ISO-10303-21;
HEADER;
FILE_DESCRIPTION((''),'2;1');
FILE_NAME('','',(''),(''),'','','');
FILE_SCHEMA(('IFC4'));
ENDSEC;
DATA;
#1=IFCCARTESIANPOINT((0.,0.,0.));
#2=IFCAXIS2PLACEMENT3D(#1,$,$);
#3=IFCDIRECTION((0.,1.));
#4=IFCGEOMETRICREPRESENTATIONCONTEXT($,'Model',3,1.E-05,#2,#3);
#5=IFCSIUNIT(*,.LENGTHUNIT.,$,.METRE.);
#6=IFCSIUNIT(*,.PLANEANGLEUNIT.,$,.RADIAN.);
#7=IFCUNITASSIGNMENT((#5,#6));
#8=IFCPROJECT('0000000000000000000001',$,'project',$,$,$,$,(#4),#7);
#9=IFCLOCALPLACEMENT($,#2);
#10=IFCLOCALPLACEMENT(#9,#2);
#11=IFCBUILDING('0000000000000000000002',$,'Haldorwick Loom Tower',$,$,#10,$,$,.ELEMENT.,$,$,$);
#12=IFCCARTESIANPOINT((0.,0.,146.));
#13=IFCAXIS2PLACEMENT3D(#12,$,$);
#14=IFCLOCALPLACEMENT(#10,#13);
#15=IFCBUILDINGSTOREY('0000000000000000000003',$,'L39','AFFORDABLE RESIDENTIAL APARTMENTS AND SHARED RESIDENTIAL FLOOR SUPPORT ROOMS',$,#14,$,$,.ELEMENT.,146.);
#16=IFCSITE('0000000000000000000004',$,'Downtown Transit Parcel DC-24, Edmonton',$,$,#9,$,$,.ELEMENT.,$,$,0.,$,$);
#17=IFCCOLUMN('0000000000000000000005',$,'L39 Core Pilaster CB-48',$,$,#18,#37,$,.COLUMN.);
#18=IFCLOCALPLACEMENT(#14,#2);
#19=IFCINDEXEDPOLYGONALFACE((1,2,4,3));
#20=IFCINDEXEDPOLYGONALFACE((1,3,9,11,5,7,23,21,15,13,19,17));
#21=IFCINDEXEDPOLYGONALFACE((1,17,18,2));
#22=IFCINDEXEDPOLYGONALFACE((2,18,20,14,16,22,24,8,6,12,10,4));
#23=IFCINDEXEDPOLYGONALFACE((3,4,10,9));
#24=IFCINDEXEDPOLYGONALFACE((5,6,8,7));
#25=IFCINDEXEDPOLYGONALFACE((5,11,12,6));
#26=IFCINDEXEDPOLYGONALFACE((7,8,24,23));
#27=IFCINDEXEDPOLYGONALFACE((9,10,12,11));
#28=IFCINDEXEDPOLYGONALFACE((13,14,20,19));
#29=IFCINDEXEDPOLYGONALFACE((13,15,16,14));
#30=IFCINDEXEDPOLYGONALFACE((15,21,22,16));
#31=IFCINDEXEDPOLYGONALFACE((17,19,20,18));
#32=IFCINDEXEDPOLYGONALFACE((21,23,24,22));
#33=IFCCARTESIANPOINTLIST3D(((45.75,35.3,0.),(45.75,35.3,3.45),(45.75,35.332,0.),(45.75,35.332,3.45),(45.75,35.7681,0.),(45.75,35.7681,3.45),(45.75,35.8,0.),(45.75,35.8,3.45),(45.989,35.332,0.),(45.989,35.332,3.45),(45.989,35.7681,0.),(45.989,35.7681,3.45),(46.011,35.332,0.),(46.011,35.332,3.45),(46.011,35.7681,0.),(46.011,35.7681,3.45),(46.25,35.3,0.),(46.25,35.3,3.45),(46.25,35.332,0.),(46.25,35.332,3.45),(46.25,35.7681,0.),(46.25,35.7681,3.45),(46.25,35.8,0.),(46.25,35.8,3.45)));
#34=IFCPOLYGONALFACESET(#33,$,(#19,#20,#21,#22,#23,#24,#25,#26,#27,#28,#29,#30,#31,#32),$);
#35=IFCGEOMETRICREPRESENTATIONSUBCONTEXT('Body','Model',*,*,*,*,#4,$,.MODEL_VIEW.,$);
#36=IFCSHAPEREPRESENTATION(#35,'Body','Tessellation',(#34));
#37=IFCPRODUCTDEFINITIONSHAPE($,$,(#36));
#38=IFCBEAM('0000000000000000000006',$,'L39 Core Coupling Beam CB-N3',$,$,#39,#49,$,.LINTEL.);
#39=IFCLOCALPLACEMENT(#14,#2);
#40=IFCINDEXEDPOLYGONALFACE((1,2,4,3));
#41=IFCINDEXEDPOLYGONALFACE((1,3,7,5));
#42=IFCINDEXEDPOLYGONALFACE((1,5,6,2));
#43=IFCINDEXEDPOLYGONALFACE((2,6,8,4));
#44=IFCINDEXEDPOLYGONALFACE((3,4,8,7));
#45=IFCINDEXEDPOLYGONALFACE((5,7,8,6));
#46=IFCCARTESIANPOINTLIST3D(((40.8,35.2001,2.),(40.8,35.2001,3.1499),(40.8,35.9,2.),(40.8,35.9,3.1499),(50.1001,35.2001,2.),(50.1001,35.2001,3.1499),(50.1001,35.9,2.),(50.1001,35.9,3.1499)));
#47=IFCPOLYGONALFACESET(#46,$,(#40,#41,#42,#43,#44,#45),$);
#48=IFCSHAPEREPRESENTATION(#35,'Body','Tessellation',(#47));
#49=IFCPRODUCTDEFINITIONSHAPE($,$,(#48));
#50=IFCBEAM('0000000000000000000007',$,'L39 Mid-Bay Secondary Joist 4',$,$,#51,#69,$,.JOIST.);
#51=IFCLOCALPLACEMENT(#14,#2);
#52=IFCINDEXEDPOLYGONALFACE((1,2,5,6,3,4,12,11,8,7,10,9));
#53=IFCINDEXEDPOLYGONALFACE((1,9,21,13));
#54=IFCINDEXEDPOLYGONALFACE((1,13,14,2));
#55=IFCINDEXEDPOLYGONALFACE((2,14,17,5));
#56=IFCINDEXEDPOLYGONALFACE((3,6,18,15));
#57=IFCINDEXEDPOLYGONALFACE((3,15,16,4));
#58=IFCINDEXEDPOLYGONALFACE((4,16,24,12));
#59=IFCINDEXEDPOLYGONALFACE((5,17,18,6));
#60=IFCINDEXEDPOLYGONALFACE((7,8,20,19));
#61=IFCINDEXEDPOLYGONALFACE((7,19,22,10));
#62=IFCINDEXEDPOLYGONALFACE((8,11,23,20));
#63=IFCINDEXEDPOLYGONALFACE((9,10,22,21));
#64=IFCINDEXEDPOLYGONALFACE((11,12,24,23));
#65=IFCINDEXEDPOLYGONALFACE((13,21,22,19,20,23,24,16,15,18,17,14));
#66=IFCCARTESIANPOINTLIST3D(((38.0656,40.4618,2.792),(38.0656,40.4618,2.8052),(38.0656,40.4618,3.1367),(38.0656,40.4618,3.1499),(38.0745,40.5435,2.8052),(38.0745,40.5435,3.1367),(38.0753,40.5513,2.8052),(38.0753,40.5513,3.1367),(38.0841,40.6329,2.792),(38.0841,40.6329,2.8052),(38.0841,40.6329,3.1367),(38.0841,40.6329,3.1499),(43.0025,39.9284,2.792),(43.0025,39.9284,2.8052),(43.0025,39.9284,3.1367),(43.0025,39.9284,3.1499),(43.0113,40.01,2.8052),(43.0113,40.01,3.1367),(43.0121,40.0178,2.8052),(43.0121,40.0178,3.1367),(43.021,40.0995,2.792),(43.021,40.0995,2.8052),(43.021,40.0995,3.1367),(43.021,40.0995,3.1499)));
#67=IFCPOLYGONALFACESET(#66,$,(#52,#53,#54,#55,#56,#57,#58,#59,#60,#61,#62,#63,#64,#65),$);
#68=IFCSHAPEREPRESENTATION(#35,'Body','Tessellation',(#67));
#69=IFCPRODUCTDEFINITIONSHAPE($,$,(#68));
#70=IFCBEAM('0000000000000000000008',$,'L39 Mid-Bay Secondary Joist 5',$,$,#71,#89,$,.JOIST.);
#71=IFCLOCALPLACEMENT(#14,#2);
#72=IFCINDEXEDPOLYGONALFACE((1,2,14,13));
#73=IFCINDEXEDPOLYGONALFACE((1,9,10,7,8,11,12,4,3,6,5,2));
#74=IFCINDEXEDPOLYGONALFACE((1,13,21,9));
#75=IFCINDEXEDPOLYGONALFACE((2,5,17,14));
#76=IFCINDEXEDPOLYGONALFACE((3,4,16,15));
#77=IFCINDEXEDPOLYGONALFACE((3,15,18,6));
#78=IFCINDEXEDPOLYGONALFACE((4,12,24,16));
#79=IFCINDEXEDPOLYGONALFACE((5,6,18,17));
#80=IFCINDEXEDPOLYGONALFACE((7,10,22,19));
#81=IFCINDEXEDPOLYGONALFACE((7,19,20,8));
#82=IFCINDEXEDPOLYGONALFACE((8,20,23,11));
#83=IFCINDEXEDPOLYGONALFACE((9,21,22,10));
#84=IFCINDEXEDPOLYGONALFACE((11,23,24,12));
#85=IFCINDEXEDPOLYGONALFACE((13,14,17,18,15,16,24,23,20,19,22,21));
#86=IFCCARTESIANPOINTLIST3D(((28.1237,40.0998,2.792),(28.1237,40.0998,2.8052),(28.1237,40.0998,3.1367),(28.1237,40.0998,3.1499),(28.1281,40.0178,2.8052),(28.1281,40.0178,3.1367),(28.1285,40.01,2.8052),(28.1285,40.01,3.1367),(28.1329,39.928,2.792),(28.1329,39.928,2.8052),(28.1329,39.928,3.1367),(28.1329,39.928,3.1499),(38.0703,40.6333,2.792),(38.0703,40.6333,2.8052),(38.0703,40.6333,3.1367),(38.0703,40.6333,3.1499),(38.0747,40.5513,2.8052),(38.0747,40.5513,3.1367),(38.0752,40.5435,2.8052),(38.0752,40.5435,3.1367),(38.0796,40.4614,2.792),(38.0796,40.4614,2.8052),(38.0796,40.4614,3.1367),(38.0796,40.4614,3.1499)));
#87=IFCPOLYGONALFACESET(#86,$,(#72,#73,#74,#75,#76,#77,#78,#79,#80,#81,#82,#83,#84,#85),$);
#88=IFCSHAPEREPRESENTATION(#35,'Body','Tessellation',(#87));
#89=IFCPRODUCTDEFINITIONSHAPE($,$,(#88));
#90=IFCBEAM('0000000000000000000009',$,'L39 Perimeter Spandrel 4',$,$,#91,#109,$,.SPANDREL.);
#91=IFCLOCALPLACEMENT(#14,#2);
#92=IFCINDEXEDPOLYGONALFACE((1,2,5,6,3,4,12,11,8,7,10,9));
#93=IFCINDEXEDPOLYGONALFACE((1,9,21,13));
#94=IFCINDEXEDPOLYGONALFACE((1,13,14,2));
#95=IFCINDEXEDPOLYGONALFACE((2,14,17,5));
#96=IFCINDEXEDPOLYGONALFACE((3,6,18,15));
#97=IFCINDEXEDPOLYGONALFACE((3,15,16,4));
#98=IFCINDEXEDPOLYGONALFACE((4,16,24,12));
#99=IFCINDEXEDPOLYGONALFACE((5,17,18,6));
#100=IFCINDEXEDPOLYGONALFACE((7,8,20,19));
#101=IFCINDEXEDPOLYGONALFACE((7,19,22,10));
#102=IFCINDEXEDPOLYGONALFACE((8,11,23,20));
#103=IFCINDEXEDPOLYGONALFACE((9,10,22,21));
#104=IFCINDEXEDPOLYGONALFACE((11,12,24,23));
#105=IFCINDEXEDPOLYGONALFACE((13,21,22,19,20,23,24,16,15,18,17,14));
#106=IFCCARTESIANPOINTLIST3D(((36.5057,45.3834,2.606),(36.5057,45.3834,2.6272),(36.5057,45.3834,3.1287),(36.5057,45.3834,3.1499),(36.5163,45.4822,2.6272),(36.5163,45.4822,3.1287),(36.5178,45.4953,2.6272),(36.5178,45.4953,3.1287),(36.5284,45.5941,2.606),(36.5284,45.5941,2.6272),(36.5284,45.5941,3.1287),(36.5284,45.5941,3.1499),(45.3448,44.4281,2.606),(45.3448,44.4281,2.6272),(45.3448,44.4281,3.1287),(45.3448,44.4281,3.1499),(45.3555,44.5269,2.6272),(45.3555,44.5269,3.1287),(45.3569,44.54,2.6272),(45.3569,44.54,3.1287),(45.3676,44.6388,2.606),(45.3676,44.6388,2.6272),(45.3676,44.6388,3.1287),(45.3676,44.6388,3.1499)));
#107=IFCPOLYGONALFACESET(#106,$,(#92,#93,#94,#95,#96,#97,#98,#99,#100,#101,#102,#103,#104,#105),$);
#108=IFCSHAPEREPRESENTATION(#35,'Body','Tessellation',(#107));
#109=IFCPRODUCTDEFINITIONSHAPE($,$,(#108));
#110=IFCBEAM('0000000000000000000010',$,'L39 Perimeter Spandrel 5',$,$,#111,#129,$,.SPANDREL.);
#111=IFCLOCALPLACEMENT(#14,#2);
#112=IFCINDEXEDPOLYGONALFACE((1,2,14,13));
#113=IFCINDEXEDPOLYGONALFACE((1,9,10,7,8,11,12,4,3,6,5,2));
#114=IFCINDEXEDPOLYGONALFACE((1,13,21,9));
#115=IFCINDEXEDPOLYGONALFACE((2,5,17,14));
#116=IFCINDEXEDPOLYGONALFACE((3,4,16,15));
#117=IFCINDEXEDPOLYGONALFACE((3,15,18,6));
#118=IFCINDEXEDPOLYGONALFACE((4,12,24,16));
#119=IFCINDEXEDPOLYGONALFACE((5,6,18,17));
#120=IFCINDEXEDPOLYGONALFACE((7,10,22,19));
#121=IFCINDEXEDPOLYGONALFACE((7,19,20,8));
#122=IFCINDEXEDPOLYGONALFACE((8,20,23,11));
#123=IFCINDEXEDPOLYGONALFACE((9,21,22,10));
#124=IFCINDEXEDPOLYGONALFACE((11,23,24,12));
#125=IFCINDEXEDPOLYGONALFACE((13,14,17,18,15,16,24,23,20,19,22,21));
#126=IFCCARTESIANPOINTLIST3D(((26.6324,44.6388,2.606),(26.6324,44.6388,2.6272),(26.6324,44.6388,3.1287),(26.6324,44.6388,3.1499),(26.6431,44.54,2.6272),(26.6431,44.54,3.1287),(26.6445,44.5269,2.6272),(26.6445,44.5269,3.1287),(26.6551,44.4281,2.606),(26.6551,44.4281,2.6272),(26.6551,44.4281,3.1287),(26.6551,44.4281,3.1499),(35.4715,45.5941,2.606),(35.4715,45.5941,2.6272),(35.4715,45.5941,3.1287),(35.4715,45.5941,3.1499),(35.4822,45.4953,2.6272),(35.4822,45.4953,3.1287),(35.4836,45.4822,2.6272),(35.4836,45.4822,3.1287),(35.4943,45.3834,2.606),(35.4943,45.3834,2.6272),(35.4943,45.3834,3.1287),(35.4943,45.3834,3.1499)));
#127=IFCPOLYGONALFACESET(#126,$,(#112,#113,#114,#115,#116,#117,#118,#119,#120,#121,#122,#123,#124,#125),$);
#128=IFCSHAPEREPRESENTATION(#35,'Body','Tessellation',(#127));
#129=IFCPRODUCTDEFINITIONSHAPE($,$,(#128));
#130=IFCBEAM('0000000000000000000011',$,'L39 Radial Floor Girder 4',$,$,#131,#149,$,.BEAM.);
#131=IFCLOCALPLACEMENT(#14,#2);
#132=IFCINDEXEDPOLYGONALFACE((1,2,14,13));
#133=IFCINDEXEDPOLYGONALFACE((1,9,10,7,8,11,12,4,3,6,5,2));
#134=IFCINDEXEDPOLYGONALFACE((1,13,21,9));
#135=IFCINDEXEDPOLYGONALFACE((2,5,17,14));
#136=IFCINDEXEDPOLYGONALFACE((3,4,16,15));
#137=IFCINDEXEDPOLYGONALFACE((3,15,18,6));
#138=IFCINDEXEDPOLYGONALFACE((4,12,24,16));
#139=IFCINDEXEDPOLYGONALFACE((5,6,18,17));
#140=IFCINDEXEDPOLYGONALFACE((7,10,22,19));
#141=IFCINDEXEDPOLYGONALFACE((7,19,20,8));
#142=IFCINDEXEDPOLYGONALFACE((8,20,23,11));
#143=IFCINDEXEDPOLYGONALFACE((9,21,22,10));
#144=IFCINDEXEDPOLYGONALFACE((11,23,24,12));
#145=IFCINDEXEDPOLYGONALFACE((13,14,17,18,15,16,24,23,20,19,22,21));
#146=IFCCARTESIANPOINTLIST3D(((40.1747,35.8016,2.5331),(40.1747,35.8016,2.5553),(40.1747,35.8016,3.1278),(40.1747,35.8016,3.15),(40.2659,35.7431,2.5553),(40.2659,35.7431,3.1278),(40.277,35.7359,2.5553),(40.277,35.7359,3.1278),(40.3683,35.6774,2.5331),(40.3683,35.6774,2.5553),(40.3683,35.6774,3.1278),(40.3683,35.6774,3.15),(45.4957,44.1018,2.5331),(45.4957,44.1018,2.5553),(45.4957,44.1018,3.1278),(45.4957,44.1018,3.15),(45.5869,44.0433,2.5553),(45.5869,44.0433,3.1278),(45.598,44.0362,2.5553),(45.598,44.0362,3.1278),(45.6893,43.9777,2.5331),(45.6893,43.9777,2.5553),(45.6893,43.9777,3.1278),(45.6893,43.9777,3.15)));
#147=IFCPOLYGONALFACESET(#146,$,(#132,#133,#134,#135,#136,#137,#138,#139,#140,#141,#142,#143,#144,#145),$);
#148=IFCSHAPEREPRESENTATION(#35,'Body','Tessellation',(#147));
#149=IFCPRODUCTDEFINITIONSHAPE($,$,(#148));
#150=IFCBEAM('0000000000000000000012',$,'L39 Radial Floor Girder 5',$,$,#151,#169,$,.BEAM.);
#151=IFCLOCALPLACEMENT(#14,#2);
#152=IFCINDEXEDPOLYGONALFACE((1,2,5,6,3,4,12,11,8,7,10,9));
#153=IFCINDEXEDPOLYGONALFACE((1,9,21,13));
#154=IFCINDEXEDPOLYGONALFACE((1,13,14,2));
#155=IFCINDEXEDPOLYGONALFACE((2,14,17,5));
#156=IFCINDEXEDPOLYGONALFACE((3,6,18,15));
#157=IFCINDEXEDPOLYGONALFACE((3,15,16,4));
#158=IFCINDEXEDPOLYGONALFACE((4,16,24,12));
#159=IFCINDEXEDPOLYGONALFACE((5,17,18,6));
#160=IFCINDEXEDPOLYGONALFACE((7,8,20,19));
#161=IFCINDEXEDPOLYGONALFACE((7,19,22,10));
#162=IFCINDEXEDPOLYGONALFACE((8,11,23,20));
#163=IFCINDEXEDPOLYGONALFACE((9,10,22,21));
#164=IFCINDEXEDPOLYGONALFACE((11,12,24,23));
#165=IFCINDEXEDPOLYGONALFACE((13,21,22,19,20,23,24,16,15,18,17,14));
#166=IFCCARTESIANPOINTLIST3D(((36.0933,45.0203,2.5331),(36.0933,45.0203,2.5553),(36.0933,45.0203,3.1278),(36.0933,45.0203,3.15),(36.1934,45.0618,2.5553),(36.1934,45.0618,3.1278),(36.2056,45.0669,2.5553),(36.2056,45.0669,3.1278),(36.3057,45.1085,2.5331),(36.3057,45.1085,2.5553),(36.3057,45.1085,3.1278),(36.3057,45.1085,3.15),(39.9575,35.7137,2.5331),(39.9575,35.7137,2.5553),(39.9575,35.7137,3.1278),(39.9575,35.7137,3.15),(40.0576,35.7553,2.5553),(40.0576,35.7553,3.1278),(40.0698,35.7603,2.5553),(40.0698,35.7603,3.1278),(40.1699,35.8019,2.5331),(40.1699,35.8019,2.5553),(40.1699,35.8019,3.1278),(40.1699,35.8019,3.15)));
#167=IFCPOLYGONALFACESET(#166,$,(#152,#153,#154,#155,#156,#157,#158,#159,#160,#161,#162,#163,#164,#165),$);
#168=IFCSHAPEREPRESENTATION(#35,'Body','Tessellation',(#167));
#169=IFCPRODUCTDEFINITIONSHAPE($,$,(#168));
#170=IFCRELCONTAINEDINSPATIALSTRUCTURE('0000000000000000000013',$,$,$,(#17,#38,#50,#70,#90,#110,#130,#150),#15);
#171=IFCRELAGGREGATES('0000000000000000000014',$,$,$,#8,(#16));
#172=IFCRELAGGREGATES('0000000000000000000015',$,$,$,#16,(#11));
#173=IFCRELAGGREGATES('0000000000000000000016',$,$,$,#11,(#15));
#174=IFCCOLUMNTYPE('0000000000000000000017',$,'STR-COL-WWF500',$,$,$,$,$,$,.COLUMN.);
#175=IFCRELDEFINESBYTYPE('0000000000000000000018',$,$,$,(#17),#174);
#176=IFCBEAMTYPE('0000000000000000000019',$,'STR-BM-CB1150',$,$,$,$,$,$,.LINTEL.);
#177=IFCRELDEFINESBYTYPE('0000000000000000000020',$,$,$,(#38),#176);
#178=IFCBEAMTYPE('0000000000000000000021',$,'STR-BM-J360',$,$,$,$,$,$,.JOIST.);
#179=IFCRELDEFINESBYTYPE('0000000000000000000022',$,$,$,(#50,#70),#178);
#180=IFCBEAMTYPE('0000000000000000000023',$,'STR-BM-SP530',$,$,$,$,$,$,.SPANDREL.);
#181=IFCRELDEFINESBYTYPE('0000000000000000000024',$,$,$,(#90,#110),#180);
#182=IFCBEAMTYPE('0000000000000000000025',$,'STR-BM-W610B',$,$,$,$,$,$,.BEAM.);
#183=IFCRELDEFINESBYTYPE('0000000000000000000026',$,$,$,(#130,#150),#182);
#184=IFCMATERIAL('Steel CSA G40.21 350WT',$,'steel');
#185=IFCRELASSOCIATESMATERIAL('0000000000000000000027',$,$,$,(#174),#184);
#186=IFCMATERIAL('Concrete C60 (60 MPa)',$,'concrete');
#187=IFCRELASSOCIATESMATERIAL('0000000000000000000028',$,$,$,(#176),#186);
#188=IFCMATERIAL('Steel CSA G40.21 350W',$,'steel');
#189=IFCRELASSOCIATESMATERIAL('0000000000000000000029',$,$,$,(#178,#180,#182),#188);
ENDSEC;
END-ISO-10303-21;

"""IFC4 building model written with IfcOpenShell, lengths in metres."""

from ifc_helpers import new_model, si_unit, direction, frame, origin, origin_2d, place, context, subcontext, project, spatial, rectangle, i_section, extrude, material, material_profile, profile_set, type_object, element, save


model = new_model("IFC4")

# Units and contexts
model_context = context("Model", 3, precision=1e-05, world=origin(), true_north=direction((0.0, 1.0)))
body_context = subcontext(model_context, "Body", "Model", "MODEL_VIEW")
ifc_project = project(units=[si_unit("LENGTHUNIT", "METRE"), si_unit("PLANEANGLEUNIT", "RADIAN")], contexts=[model_context])

# Site, building, storey
site_placement = place(None, origin())
site = spatial("IfcSite", under=ifc_project, at=site_placement, Name="Downtown Transit Parcel DC-24, Edmonton", CompositionType="ELEMENT", RefElevation=0.0)
building_placement = place(site_placement, origin())
building = spatial("IfcBuilding", under=site, at=building_placement, Name="Haldorwick Loom Tower", CompositionType="ELEMENT")
storey_placement = place(building_placement, frame((0.0, 0.0, 146.0)))
storey = spatial("IfcBuildingStorey", under=building, at=storey_placement, Name="L39", Description="AFFORDABLE RESIDENTIAL APARTMENTS AND SHARED RESIDENTIAL FLOOR SUPPORT ROOMS", CompositionType="ELEMENT", Elevation=146.0)

# Column
ifc_material_1 = material(Name="Concrete C60 (60 MPa)", Category="concrete")
ifc_material_2 = material(Name="Steel CSA G40.21 350WT", Category="steel")
ifc_material_profile_1 = material_profile(ifc_material_2, i_section(OverallWidth=0.5, OverallDepth=0.5, WebThickness=0.022, FlangeThickness=0.032, at=origin_2d()), Name="WWF500X500", Category="steel")
ifc_profile_set_1 = profile_set([ifc_material_profile_1], Name="Steel CSA G40.21 350WT")
column_type_1 = type_object("IfcColumnType", Name="STR-COL-WWF500", PredefinedType="COLUMN", material=ifc_profile_set_1)
for number, where, z_axis, x_axis, name in (
    (1, (46.0, 35.55, 0.0), (0.0, 0.0, 1.0), (1.0, 0.0, 0.0), "L39 Core Pilaster CB-48"),
):
    element("IfcColumn", number, at=place(storey_placement, frame(where, z_axis=z_axis, x_axis=x_axis)), inside=storey, type_object=column_type_1, Name=name, PredefinedType="COLUMN", context=body_context, shape_type="SweptSolid", body=[
        extrude(i_section(OverallWidth=0.5, OverallDepth=0.5, WebThickness=0.022, FlangeThickness=0.032, at=origin_2d()), origin(), (0.0, 0.0, 1.0), 3.45),
    ])

# Beams
ifc_material_profile_2 = material_profile(ifc_material_1, rectangle(XDim=0.7, YDim=1.1499, at=origin_2d()), Name="RC700X1150", Category="concrete")
ifc_profile_set_2 = profile_set([ifc_material_profile_2], Name="Concrete C60 (60 MPa)")
beam_type_1 = type_object("IfcBeamType", Name="STR-BM-CB1150", PredefinedType="LINTEL", material=ifc_profile_set_2)
beam_1_placement = place(storey_placement, frame((40.8, 35.55, 2.575), z_axis=(1.0, 0.0, 0.0), x_axis=(0.0, 1.0, 0.0)))
element("IfcBeam", 2, at=beam_1_placement, inside=storey, type_object=beam_type_1, Name="L39 Core Coupling Beam CB-N3", PredefinedType="LINTEL", context=body_context, shape_type="SweptSolid", body=[
    extrude(rectangle(XDim=0.7, YDim=1.1499, at=origin_2d()), origin(), (0.0, 0.0, 1.0), 9.3),
])
ifc_material_3 = material(Name="Steel CSA G40.21 350W", Category="steel")
ifc_material_profile_3 = material_profile(ifc_material_3, i_section(OverallWidth=0.1721, OverallDepth=0.3579, WebThickness=0.0078, FlangeThickness=0.0132, at=origin_2d()), Name="W360X57", Category="steel")
ifc_profile_set_3 = profile_set([ifc_material_profile_3], Name="Steel CSA G40.21 350W")
beam_type_2 = type_object("IfcBeamType", Name="STR-BM-J360", PredefinedType="JOIST", material=ifc_profile_set_3)
beam_2_placement = place(storey_placement, frame((43.0117, 40.0139, 2.9709), z_axis=(-0.994213, 0.107431, 0.0), x_axis=(-0.107431, -0.994213, 0.0)))
element("IfcBeam", 3, at=beam_2_placement, inside=storey, type_object=beam_type_2, Name="L39 Mid-Bay Secondary Joist 4", PredefinedType="JOIST", context=body_context, shape_type="SweptSolid", body=[
    extrude(i_section(OverallWidth=0.1721, OverallDepth=0.3579, WebThickness=0.0078, FlangeThickness=0.0132, at=origin_2d()), origin(), (0.0, 0.0, 1.0), 4.9656),
])
beam_3_placement = place(storey_placement, frame((38.075, 40.5474, 2.9709), z_axis=(-0.998565, -0.053555, 0.0), x_axis=(0.053555, -0.998565, 0.0)))
element("IfcBeam", 4, at=beam_3_placement, inside=storey, type_object=beam_type_2, Name="L39 Mid-Bay Secondary Joist 5", PredefinedType="JOIST", context=body_context, shape_type="SweptSolid", body=[
    extrude(i_section(OverallWidth=0.1721, OverallDepth=0.3579, WebThickness=0.0078, FlangeThickness=0.0132, at=origin_2d()), origin(), (0.0, 0.0, 1.0), 9.9609),
])
ifc_material_profile_4 = material_profile(ifc_material_3, i_section(OverallWidth=0.2119, OverallDepth=0.5439, WebThickness=0.0132, FlangeThickness=0.0212, at=origin_2d()), Name="W530X123", Category="steel")
ifc_profile_set_4 = profile_set([ifc_material_profile_4], Name="Steel CSA G40.21 350W")
beam_type_3 = type_object("IfcBeamType", Name="STR-BM-SP530", PredefinedType="SPANDREL", material=ifc_profile_set_4)
for number, where, z_axis, x_axis, name in (
    (5, (45.3562, 44.5334, 2.8779), (-0.99421, 0.107453, 0.0), (-0.107453, -0.99421, 0.0), "L39 Perimeter Spandrel 4"),
    (6, (35.4829, 45.4888, 2.8779), (-0.99421, -0.107453, 0.0), (0.107453, -0.99421, 0.0), "L39 Perimeter Spandrel 5"),
):
    element("IfcBeam", number, at=place(storey_placement, frame(where, z_axis=z_axis, x_axis=x_axis)), inside=storey, type_object=beam_type_3, Name=name, PredefinedType="SPANDREL", context=body_context, shape_type="SweptSolid", body=[
        extrude(i_section(OverallWidth=0.2119, OverallDepth=0.5439, WebThickness=0.0132, FlangeThickness=0.0212, at=origin_2d()), origin(), (0.0, 0.0, 1.0), 8.8906),
    ])
ifc_material_profile_5 = material_profile(ifc_material_3, i_section(OverallWidth=0.23, OverallDepth=0.6169, WebThickness=0.0132, FlangeThickness=0.0222, at=origin_2d()), Name="W610X140", Category="steel")
ifc_profile_set_5 = profile_set([ifc_material_profile_5], Name="Steel CSA G40.21 350W")
beam_type_4 = type_object("IfcBeamType", Name="STR-BM-W610B", PredefinedType="BEAM", material=ifc_profile_set_5)
beam_4_placement = place(storey_placement, frame((40.2715, 35.7395, 2.8416), z_axis=(0.539691, 0.841863, 0.0), x_axis=(-0.841863, 0.539691, 0.0)))
element("IfcBeam", 7, at=beam_4_placement, inside=storey, type_object=beam_type_4, Name="L39 Radial Floor Girder 4", PredefinedType="BEAM", context=body_context, shape_type="SweptSolid", body=[
    extrude(i_section(OverallWidth=0.23, OverallDepth=0.6169, WebThickness=0.0132, FlangeThickness=0.0222, at=origin_2d()), origin(), (0.0, 0.0, 1.0), 9.8594),
])
beam_5_placement = place(storey_placement, frame((40.0637, 35.7578, 2.8416), z_axis=(-0.383473, 0.923552, 0.0), x_axis=(-0.923552, -0.383473, 0.0)))
element("IfcBeam", 8, at=beam_5_placement, inside=storey, type_object=beam_type_4, Name="L39 Radial Floor Girder 5", PredefinedType="BEAM", context=body_context, shape_type="SweptSolid", body=[
    extrude(i_section(OverallWidth=0.23, OverallDepth=0.6169, WebThickness=0.0132, FlangeThickness=0.0222, at=origin_2d()), origin(), (0.0, 0.0, 1.0), 10.0769),
])

save(model, "model.ifc")
